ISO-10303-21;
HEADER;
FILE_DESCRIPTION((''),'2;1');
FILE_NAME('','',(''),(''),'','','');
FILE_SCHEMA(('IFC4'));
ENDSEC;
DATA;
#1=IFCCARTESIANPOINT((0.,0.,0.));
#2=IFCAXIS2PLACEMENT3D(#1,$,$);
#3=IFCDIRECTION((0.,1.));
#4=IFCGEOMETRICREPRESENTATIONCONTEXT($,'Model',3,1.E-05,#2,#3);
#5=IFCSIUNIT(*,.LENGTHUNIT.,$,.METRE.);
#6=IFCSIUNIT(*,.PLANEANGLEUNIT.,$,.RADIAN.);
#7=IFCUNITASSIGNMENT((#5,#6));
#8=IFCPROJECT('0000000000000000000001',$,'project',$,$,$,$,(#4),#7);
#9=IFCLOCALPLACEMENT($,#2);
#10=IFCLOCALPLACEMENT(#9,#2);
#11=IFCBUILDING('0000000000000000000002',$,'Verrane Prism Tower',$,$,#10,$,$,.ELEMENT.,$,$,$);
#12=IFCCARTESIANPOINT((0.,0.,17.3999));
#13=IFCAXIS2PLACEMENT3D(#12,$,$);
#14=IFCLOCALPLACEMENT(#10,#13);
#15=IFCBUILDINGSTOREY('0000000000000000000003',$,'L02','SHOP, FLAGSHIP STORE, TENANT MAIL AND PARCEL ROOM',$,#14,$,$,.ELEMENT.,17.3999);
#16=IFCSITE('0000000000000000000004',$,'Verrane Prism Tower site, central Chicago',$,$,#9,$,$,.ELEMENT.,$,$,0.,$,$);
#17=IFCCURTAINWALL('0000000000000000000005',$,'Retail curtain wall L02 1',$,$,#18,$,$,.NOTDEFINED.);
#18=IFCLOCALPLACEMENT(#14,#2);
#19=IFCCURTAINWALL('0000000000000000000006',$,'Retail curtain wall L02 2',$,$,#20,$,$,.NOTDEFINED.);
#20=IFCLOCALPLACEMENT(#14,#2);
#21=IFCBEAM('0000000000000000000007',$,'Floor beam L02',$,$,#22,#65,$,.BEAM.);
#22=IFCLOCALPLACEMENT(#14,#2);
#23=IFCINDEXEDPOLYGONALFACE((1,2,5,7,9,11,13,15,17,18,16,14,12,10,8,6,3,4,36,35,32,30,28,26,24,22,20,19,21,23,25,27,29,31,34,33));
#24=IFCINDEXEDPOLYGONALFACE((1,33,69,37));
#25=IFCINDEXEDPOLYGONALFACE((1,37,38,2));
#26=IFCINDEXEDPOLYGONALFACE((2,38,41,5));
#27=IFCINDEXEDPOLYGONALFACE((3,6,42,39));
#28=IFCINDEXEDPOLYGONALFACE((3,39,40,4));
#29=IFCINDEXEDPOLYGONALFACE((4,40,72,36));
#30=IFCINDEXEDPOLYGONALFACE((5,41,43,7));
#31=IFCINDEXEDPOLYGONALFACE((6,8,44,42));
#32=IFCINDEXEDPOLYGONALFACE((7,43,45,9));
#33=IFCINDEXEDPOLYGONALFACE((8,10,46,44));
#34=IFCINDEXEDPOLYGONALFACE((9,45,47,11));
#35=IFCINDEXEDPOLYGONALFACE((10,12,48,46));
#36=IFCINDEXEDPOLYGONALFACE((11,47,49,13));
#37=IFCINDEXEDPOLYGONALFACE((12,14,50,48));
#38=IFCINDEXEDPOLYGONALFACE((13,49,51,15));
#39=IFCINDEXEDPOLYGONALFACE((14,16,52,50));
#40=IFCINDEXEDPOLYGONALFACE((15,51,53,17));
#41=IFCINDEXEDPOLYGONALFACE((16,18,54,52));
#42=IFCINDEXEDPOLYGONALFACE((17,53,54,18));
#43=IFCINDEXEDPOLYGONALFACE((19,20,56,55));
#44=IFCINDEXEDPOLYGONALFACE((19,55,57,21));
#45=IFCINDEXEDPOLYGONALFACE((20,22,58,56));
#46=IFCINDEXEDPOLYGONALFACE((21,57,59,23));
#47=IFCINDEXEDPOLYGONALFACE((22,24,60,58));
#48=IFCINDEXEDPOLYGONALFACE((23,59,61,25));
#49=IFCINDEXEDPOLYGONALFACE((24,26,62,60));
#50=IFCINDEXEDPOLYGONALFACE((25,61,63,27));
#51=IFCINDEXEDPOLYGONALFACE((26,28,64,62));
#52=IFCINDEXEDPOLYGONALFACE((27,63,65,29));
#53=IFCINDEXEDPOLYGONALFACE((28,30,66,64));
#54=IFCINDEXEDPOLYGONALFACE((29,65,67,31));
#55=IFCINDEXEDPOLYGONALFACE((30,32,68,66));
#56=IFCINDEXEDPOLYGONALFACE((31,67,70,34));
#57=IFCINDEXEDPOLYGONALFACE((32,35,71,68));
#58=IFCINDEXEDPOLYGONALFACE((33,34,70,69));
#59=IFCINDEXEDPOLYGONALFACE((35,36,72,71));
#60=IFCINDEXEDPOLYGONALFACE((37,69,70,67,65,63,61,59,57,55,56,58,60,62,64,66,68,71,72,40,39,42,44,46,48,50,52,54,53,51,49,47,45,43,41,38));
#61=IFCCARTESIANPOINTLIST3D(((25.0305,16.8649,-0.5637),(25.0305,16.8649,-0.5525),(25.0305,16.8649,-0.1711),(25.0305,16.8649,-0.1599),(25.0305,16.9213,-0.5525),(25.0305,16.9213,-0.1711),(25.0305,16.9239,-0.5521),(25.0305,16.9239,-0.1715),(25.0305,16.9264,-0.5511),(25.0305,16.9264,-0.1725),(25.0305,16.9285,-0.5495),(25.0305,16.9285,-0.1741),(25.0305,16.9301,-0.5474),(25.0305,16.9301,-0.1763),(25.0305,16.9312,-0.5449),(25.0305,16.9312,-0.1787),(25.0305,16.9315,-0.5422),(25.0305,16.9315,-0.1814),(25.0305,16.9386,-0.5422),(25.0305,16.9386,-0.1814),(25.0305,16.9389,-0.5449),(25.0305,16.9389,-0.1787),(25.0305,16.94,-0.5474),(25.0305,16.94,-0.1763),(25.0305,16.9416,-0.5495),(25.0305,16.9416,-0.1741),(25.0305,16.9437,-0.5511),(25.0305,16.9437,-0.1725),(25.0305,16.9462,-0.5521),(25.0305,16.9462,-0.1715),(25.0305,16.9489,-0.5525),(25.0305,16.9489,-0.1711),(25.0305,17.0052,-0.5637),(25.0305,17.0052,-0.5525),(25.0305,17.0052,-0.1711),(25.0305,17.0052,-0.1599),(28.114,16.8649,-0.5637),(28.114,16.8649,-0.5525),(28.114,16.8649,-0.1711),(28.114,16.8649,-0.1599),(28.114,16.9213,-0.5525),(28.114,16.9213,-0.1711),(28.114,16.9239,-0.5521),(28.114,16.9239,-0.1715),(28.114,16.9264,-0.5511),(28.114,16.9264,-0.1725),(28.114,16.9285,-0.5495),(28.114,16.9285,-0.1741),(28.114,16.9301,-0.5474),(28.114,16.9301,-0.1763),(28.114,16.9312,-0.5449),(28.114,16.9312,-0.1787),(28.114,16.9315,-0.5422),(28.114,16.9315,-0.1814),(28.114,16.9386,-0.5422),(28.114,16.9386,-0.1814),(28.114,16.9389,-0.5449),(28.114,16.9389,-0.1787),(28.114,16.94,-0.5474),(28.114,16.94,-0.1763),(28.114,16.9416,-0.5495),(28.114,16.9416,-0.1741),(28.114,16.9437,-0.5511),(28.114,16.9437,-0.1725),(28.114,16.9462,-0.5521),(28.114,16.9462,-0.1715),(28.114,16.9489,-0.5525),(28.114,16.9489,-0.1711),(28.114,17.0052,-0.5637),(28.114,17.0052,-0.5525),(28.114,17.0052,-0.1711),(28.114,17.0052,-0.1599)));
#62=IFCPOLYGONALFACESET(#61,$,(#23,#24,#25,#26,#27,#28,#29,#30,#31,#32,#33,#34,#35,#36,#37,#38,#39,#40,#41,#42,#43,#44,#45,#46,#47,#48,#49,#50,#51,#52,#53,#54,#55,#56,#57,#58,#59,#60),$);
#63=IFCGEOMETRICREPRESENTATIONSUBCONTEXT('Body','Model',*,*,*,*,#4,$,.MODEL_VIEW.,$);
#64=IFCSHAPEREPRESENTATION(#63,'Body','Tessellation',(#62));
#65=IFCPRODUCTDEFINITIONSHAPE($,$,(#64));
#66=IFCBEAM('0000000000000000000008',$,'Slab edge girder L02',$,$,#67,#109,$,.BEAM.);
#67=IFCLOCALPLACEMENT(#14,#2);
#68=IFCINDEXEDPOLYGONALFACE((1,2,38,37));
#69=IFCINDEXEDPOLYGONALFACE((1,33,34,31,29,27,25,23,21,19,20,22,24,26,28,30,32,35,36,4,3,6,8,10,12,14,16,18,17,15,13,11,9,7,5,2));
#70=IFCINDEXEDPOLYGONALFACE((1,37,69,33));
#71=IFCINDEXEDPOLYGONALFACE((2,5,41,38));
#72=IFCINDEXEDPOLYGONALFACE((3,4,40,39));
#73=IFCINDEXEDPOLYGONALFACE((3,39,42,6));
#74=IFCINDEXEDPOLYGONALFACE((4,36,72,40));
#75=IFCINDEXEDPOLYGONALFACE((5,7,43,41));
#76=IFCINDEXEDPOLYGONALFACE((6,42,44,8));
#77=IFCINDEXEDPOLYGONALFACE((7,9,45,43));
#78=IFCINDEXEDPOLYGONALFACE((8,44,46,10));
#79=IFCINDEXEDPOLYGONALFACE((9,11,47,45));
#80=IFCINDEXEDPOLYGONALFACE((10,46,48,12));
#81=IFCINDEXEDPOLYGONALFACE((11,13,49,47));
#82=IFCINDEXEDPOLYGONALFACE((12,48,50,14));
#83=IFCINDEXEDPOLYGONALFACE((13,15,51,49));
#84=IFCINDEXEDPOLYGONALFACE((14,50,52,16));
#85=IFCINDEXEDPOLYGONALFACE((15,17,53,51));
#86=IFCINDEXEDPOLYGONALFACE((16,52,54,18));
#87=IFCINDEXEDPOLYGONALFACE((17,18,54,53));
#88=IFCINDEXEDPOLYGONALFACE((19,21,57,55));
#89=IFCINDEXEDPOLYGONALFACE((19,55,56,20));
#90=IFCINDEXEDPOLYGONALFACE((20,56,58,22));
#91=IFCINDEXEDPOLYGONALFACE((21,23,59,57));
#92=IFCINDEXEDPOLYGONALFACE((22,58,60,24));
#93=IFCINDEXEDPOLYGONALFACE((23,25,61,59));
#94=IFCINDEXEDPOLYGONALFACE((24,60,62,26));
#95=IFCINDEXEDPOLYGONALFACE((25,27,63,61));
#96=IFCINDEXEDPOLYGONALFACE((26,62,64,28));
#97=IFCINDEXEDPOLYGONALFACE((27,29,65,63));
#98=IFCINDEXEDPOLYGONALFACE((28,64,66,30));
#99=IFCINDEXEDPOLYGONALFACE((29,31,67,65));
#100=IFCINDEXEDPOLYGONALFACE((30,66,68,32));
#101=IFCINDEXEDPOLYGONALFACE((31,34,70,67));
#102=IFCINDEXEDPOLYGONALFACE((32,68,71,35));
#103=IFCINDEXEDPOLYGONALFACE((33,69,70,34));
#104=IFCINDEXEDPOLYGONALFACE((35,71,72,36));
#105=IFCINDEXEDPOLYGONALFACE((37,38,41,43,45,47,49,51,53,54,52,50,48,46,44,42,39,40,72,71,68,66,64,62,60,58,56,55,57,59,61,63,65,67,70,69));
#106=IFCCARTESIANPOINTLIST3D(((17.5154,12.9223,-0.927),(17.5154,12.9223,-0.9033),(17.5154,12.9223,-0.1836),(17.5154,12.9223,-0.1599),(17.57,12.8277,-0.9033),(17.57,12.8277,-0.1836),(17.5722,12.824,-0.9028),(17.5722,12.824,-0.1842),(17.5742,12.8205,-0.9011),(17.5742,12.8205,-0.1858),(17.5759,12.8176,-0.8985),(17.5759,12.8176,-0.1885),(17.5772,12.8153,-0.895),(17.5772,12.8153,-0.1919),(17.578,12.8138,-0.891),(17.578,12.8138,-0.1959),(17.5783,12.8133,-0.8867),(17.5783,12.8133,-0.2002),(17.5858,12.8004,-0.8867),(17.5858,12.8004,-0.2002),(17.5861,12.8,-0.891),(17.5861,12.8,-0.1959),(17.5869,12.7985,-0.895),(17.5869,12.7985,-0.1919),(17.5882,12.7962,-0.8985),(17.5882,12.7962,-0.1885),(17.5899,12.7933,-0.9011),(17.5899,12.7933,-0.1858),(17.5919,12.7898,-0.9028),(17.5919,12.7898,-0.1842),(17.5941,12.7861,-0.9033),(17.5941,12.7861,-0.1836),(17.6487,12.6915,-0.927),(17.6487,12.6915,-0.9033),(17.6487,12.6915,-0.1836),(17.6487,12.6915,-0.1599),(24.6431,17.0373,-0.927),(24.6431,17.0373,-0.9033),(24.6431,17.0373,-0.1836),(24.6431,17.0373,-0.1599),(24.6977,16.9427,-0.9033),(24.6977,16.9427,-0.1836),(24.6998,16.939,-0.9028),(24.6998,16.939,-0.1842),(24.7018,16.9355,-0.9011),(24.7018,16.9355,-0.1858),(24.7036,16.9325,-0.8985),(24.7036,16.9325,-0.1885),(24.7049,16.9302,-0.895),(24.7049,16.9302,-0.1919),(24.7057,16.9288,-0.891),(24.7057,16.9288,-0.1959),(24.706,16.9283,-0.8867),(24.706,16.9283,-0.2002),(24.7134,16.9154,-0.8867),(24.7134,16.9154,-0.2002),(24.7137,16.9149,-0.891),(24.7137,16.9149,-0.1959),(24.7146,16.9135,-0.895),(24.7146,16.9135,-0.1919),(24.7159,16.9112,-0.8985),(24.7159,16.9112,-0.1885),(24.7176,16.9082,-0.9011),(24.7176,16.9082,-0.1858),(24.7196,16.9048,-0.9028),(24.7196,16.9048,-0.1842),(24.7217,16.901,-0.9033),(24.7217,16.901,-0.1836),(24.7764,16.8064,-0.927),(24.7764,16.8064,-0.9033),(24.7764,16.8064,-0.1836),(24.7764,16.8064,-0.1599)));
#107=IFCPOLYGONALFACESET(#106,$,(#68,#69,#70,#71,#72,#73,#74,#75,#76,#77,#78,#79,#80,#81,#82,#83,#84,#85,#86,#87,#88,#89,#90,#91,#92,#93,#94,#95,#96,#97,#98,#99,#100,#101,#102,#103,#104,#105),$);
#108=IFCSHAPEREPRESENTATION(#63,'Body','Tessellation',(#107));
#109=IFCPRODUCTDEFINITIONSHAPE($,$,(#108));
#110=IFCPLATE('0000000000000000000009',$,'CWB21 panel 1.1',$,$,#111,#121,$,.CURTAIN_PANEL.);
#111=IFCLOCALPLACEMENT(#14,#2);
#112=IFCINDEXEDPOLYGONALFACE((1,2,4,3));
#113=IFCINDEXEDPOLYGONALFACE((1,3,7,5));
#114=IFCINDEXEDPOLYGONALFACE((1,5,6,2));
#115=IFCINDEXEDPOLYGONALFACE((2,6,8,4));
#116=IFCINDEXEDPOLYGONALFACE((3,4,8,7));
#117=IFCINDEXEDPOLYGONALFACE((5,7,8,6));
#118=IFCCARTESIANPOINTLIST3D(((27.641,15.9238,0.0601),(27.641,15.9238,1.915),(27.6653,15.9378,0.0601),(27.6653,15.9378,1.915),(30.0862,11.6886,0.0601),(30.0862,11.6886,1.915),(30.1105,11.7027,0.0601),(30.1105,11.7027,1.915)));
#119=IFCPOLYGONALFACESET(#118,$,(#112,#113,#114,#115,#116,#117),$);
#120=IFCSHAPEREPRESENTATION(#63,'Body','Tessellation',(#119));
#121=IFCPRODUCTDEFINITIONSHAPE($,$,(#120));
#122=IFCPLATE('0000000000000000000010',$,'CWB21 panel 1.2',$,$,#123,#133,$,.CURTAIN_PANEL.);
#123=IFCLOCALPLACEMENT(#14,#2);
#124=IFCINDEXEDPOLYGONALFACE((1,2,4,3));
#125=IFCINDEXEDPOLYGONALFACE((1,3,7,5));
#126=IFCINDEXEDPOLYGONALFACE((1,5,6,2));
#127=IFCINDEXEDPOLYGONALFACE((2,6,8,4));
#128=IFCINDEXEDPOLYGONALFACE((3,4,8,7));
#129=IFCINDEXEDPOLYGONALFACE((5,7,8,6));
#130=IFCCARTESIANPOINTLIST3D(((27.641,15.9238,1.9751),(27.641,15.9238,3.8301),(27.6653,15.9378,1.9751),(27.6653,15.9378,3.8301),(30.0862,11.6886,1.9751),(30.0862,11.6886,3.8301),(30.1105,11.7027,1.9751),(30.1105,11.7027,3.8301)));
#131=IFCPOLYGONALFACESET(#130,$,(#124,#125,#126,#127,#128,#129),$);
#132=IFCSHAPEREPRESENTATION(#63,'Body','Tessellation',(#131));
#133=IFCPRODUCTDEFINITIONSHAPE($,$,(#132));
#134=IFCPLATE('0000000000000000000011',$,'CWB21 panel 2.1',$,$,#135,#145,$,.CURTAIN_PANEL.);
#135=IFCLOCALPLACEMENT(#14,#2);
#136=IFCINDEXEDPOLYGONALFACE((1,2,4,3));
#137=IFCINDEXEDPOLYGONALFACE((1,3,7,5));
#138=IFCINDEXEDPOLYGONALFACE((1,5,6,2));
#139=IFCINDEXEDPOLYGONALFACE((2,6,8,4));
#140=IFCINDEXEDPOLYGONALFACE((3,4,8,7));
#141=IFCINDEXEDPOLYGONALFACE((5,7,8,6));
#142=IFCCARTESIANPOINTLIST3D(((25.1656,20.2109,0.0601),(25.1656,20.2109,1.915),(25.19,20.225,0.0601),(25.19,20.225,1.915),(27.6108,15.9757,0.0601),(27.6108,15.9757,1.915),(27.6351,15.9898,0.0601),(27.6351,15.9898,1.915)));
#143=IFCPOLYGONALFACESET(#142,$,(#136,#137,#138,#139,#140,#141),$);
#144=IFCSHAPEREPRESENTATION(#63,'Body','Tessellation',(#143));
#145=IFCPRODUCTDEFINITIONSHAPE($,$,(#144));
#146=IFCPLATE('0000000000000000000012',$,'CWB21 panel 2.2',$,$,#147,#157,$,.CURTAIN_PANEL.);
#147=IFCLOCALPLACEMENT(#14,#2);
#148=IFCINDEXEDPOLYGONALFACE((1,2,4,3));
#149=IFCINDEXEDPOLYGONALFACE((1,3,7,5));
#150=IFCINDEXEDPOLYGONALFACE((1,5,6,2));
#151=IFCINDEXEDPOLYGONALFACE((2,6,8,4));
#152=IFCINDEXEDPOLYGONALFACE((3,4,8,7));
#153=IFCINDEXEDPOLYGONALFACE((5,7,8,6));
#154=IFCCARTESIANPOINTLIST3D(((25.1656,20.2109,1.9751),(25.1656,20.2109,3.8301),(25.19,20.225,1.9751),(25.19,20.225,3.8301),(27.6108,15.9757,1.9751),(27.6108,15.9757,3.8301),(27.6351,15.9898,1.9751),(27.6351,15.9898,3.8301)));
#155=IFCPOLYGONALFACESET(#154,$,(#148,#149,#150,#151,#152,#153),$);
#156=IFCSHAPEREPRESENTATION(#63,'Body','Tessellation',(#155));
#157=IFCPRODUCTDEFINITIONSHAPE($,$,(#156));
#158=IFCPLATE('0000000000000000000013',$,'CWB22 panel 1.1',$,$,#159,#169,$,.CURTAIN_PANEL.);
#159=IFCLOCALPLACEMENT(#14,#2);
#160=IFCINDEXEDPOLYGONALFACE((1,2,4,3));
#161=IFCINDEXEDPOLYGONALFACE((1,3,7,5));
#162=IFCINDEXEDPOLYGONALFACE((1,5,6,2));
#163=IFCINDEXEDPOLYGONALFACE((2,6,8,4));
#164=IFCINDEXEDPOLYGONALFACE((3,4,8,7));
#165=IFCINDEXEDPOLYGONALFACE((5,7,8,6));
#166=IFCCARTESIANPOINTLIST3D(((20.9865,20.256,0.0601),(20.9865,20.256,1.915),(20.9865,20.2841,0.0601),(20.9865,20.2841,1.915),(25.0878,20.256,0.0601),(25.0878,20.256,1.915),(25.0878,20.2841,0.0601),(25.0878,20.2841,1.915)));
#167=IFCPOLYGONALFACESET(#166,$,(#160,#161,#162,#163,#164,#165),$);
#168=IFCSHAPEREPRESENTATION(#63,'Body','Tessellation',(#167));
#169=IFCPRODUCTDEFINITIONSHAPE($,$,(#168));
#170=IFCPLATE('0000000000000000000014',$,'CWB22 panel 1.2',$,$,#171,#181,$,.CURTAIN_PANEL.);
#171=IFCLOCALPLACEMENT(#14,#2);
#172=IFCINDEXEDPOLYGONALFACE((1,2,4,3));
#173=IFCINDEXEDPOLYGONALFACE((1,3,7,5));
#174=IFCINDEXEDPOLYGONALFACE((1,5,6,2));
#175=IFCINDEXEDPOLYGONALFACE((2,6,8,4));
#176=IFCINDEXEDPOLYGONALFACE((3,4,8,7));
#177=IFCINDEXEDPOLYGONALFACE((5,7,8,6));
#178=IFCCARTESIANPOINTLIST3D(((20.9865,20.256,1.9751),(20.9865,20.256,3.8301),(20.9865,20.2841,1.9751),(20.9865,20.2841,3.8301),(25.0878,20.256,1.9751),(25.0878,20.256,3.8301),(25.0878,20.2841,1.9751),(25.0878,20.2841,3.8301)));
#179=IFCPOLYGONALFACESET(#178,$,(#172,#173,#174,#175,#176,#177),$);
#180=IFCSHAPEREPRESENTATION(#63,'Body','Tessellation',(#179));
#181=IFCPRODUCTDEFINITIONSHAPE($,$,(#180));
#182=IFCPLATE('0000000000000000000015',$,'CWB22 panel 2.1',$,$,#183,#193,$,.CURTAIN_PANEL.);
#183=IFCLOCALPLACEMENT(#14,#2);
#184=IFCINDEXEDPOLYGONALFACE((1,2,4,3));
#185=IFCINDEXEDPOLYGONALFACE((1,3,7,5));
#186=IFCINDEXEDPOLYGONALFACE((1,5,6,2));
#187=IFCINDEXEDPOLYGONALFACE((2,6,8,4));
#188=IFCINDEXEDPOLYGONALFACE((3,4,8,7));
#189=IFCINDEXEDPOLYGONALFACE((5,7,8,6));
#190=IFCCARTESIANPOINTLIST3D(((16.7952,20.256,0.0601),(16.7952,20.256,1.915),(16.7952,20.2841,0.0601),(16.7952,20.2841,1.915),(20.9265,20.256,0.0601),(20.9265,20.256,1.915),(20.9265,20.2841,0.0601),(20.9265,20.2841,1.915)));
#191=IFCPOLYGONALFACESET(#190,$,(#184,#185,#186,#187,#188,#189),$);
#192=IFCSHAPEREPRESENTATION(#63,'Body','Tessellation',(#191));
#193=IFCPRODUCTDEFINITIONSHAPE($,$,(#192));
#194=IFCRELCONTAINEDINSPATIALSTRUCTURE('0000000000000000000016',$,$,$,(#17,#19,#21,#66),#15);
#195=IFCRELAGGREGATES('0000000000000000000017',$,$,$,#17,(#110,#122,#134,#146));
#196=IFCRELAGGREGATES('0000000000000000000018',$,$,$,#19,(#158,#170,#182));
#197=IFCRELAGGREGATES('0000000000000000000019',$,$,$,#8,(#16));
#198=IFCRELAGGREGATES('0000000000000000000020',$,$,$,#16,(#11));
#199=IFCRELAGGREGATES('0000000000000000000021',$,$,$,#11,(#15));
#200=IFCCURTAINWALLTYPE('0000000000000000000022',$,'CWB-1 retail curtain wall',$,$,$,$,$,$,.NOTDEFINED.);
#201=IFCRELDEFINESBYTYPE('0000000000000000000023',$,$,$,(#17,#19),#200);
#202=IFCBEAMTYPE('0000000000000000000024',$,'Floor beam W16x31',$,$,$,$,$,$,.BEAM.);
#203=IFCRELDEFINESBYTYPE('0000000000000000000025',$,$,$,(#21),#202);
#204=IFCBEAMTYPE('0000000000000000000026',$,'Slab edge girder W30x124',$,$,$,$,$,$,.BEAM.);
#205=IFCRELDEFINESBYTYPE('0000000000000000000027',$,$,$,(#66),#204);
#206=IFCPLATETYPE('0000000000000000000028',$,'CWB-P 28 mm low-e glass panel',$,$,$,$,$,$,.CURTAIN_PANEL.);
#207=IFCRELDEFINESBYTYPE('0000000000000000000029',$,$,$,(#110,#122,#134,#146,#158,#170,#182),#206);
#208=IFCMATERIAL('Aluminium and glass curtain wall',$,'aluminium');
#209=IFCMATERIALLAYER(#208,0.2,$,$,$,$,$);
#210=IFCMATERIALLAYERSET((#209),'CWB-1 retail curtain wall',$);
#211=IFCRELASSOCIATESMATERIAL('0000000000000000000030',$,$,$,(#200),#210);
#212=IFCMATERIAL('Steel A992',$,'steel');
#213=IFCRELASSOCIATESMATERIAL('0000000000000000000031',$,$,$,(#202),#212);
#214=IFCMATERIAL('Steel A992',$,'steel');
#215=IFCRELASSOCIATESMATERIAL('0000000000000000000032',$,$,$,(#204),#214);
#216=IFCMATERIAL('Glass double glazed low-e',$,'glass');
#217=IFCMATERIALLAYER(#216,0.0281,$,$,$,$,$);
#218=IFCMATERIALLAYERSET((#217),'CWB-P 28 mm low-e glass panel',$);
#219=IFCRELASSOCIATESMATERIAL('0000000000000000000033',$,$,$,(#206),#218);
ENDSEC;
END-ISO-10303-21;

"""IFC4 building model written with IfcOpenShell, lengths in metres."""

from ifc_helpers import new_model, si_unit, direction, frame, origin, origin_2d, place, context, subcontext, project, spatial, rectangle, i_section, extrude, material, layer, layer_set, material_profile, profile_set, type_object, element, aggregate, save


model = new_model("IFC4")

# Units and contexts
model_context = context("Model", 3, precision=1e-05, world=origin(), true_north=direction((0.0, 1.0)))
body_context = subcontext(model_context, "Body", "Model", "MODEL_VIEW")
ifc_project = project(units=[si_unit("LENGTHUNIT", "METRE"), si_unit("PLANEANGLEUNIT", "RADIAN")], contexts=[model_context])

# Site, building, storey
site_placement = place(None, origin())
site = spatial("IfcSite", under=ifc_project, at=site_placement, Name="Verrane Prism Tower site, central Chicago", CompositionType="ELEMENT", RefElevation=0.0)
building_placement = place(site_placement, origin())
building = spatial("IfcBuilding", under=site, at=building_placement, Name="Verrane Prism Tower", CompositionType="ELEMENT")
storey_placement = place(building_placement, frame((0.0, 0.0, 17.3999)))
storey = spatial("IfcBuildingStorey", under=building, at=storey_placement, Name="L02", Description="SHOP, FLAGSHIP STORE, TENANT MAIL AND PARCEL ROOM", CompositionType="ELEMENT", Elevation=17.3999)

# Curtain walls
ifc_material_1 = material(Name="Aluminium and glass curtain wall", Category="aluminium")
ifc_layer_1 = layer(ifc_material_1, 0.2)
ifc_layer_set_1 = layer_set([ifc_layer_1], Name="CWB-1 retail curtain wall")
curtain_wall_type = type_object("IfcCurtainWallType", Name="CWB-1 retail curtain wall", PredefinedType="NOTDEFINED", material=ifc_layer_set_1)
curtain_wall_1_placement = place(storey_placement, origin())
curtain_wall_1 = element("IfcCurtainWall", 1, at=curtain_wall_1_placement, inside=storey, type_object=curtain_wall_type, Name="Retail curtain wall L02 1", PredefinedType="NOTDEFINED")
curtain_wall_2_placement = place(storey_placement, origin())
curtain_wall_2 = element("IfcCurtainWall", 2, at=curtain_wall_2_placement, inside=storey, type_object=curtain_wall_type, Name="Retail curtain wall L02 2", PredefinedType="NOTDEFINED")

# Beams
ifc_material_2 = material(Name="Steel A992", Category="steel")
ifc_material_profile_1 = material_profile(ifc_material_2, i_section(OverallWidth=0.1404, OverallDepth=0.4038, WebThickness=0.0071, FlangeThickness=0.0112, FilletRadius=0.0103, at=origin_2d()), Name="W16x31")
ifc_profile_set_1 = profile_set([ifc_material_profile_1], Name="Steel A992")
beam_type_1 = type_object("IfcBeamType", Name="Floor beam W16x31", PredefinedType="BEAM", material=ifc_profile_set_1)
beam_1_placement = place(storey_placement, frame((25.0305, 16.9351, -0.3618), z_axis=(1.0, 0.0, 0.0), x_axis=(0.0, 1.0, 0.0)))
element("IfcBeam", 3, at=beam_1_placement, inside=storey, type_object=beam_type_1, Name="Floor beam L02", PredefinedType="BEAM", context=body_context, shape_type="SweptSolid", body=[
    extrude(i_section(OverallWidth=0.1404, OverallDepth=0.4038, WebThickness=0.0071, FlangeThickness=0.0112, FilletRadius=0.0103, at=origin_2d()), origin(), (0.0, 0.0, 1.0), 3.0835),
])
ifc_material_3 = material(Name="Steel A992", Category="steel")
ifc_material_profile_2 = material_profile(ifc_material_3, i_section(OverallWidth=0.2666, OverallDepth=0.7671, WebThickness=0.0149, FlangeThickness=0.0237, FilletRadius=0.0166, at=origin_2d()), Name="W30x124")
ifc_profile_set_2 = profile_set([ifc_material_profile_2], Name="Steel A992")
beam_type_2 = type_object("IfcBeamType", Name="Slab edge girder W30x124", PredefinedType="BEAM", material=ifc_profile_set_2)
beam_2_placement = place(storey_placement, frame((24.7097, 16.9219, -0.5435), z_axis=(-0.866035, -0.499984, 0.0), x_axis=(0.499984, -0.866035, 0.0)))
element("IfcBeam", 4, at=beam_2_placement, inside=storey, type_object=beam_type_2, Name="Slab edge girder L02", PredefinedType="BEAM", context=body_context, shape_type="SweptSolid", body=[
    extrude(i_section(OverallWidth=0.2666, OverallDepth=0.7671, WebThickness=0.0149, FlangeThickness=0.0237, FilletRadius=0.0166, at=origin_2d()), origin(), (0.0, 0.0, 1.0), 8.2302),
])

# Plates
ifc_material_4 = material(Name="Glass double glazed low-e", Category="glass")
ifc_layer_2 = layer(ifc_material_4, 0.0281)
ifc_layer_set_2 = layer_set([ifc_layer_2], Name="CWB-P 28 mm low-e glass panel")
plate_type = type_object("IfcPlateType", Name="CWB-P 28 mm low-e glass panel", PredefinedType="CURTAIN_PANEL", material=ifc_layer_set_2)
plate_1_placement = place(storey_placement, frame((28.8757, 13.8132, 0.0601), z_axis=(0.0, 0.0, 1.0), x_axis=(-0.499999, 0.866026, 0.0)))
plate_1 = element("IfcPlate", 5, at=plate_1_placement, type_object=plate_type, Name="CWB21 panel 1.1", PredefinedType="CURTAIN_PANEL", context=body_context, shape_type="SweptSolid", body=[
    extrude(rectangle(XDim=4.8904, YDim=0.0281, at=origin_2d()), origin(), (0.0, 0.0, 1.0), 1.855),
])
plate_2_placement = place(storey_placement, frame((28.8757, 13.8132, 1.9751), z_axis=(0.0, 0.0, 1.0), x_axis=(-0.499999, 0.866026, 0.0)))
plate_2 = element("IfcPlate", 6, at=plate_2_placement, type_object=plate_type, Name="CWB21 panel 1.2", PredefinedType="CURTAIN_PANEL", context=body_context, shape_type="SweptSolid", body=[
    extrude(rectangle(XDim=4.8904, YDim=0.0281, at=origin_2d()), origin(), (0.0, 0.0, 1.0), 1.855),
])
plate_3_placement = place(storey_placement, frame((26.4004, 18.1003, 0.0601), z_axis=(0.0, 0.0, 1.0), x_axis=(-0.499999, 0.866026, 0.0)))
plate_3 = element("IfcPlate", 7, at=plate_3_placement, type_object=plate_type, Name="CWB21 panel 2.1", PredefinedType="CURTAIN_PANEL", context=body_context, shape_type="SweptSolid", body=[
    extrude(rectangle(XDim=4.8904, YDim=0.0281, at=origin_2d()), origin(), (0.0, 0.0, 1.0), 1.855),
])
plate_4_placement = place(storey_placement, frame((26.4004, 18.1003, 1.9751), z_axis=(0.0, 0.0, 1.0), x_axis=(-0.499999, 0.866026, 0.0)))
plate_4 = element("IfcPlate", 8, at=plate_4_placement, type_object=plate_type, Name="CWB21 panel 2.2", PredefinedType="CURTAIN_PANEL", context=body_context, shape_type="SweptSolid", body=[
    extrude(rectangle(XDim=4.8904, YDim=0.0281, at=origin_2d()), origin(), (0.0, 0.0, 1.0), 1.855),
])
aggregate(curtain_wall_1, [plate_1, plate_2, plate_3, plate_4])
plate_5_placement = place(storey_placement, frame((23.0371, 20.27, 0.0601), z_axis=(0.0, 0.0, 1.0), x_axis=(-1.0, 0.0, 0.0)))
plate_5 = element("IfcPlate", 9, at=plate_5_placement, type_object=plate_type, Name="CWB22 panel 1.1", PredefinedType="CURTAIN_PANEL", context=body_context, shape_type="SweptSolid", body=[
    extrude(rectangle(XDim=4.1013, YDim=0.0281, at=origin_2d()), origin(), (0.0, 0.0, 1.0), 1.855),
])
plate_6_placement = place(storey_placement, frame((23.0371, 20.27, 1.9751), z_axis=(0.0, 0.0, 1.0), x_axis=(-1.0, 0.0, 0.0)))
plate_6 = element("IfcPlate", 10, at=plate_6_placement, type_object=plate_type, Name="CWB22 panel 1.2", PredefinedType="CURTAIN_PANEL", context=body_context, shape_type="SweptSolid", body=[
    extrude(rectangle(XDim=4.1013, YDim=0.0281, at=origin_2d()), origin(), (0.0, 0.0, 1.0), 1.855),
])
plate_7_placement = place(storey_placement, frame((18.8608, 20.27, 0.0601), z_axis=(0.0, 0.0, 1.0), x_axis=(-1.0, 0.0, 0.0)))
plate_7 = element("IfcPlate", 11, at=plate_7_placement, type_object=plate_type, Name="CWB22 panel 2.1", PredefinedType="CURTAIN_PANEL", context=body_context, shape_type="SweptSolid", body=[
    extrude(rectangle(XDim=4.1313, YDim=0.0281, at=origin_2d()), origin(), (0.0, 0.0, 1.0), 1.855),
])
aggregate(curtain_wall_2, [plate_5, plate_6, plate_7])

save(model, "model.ifc")
